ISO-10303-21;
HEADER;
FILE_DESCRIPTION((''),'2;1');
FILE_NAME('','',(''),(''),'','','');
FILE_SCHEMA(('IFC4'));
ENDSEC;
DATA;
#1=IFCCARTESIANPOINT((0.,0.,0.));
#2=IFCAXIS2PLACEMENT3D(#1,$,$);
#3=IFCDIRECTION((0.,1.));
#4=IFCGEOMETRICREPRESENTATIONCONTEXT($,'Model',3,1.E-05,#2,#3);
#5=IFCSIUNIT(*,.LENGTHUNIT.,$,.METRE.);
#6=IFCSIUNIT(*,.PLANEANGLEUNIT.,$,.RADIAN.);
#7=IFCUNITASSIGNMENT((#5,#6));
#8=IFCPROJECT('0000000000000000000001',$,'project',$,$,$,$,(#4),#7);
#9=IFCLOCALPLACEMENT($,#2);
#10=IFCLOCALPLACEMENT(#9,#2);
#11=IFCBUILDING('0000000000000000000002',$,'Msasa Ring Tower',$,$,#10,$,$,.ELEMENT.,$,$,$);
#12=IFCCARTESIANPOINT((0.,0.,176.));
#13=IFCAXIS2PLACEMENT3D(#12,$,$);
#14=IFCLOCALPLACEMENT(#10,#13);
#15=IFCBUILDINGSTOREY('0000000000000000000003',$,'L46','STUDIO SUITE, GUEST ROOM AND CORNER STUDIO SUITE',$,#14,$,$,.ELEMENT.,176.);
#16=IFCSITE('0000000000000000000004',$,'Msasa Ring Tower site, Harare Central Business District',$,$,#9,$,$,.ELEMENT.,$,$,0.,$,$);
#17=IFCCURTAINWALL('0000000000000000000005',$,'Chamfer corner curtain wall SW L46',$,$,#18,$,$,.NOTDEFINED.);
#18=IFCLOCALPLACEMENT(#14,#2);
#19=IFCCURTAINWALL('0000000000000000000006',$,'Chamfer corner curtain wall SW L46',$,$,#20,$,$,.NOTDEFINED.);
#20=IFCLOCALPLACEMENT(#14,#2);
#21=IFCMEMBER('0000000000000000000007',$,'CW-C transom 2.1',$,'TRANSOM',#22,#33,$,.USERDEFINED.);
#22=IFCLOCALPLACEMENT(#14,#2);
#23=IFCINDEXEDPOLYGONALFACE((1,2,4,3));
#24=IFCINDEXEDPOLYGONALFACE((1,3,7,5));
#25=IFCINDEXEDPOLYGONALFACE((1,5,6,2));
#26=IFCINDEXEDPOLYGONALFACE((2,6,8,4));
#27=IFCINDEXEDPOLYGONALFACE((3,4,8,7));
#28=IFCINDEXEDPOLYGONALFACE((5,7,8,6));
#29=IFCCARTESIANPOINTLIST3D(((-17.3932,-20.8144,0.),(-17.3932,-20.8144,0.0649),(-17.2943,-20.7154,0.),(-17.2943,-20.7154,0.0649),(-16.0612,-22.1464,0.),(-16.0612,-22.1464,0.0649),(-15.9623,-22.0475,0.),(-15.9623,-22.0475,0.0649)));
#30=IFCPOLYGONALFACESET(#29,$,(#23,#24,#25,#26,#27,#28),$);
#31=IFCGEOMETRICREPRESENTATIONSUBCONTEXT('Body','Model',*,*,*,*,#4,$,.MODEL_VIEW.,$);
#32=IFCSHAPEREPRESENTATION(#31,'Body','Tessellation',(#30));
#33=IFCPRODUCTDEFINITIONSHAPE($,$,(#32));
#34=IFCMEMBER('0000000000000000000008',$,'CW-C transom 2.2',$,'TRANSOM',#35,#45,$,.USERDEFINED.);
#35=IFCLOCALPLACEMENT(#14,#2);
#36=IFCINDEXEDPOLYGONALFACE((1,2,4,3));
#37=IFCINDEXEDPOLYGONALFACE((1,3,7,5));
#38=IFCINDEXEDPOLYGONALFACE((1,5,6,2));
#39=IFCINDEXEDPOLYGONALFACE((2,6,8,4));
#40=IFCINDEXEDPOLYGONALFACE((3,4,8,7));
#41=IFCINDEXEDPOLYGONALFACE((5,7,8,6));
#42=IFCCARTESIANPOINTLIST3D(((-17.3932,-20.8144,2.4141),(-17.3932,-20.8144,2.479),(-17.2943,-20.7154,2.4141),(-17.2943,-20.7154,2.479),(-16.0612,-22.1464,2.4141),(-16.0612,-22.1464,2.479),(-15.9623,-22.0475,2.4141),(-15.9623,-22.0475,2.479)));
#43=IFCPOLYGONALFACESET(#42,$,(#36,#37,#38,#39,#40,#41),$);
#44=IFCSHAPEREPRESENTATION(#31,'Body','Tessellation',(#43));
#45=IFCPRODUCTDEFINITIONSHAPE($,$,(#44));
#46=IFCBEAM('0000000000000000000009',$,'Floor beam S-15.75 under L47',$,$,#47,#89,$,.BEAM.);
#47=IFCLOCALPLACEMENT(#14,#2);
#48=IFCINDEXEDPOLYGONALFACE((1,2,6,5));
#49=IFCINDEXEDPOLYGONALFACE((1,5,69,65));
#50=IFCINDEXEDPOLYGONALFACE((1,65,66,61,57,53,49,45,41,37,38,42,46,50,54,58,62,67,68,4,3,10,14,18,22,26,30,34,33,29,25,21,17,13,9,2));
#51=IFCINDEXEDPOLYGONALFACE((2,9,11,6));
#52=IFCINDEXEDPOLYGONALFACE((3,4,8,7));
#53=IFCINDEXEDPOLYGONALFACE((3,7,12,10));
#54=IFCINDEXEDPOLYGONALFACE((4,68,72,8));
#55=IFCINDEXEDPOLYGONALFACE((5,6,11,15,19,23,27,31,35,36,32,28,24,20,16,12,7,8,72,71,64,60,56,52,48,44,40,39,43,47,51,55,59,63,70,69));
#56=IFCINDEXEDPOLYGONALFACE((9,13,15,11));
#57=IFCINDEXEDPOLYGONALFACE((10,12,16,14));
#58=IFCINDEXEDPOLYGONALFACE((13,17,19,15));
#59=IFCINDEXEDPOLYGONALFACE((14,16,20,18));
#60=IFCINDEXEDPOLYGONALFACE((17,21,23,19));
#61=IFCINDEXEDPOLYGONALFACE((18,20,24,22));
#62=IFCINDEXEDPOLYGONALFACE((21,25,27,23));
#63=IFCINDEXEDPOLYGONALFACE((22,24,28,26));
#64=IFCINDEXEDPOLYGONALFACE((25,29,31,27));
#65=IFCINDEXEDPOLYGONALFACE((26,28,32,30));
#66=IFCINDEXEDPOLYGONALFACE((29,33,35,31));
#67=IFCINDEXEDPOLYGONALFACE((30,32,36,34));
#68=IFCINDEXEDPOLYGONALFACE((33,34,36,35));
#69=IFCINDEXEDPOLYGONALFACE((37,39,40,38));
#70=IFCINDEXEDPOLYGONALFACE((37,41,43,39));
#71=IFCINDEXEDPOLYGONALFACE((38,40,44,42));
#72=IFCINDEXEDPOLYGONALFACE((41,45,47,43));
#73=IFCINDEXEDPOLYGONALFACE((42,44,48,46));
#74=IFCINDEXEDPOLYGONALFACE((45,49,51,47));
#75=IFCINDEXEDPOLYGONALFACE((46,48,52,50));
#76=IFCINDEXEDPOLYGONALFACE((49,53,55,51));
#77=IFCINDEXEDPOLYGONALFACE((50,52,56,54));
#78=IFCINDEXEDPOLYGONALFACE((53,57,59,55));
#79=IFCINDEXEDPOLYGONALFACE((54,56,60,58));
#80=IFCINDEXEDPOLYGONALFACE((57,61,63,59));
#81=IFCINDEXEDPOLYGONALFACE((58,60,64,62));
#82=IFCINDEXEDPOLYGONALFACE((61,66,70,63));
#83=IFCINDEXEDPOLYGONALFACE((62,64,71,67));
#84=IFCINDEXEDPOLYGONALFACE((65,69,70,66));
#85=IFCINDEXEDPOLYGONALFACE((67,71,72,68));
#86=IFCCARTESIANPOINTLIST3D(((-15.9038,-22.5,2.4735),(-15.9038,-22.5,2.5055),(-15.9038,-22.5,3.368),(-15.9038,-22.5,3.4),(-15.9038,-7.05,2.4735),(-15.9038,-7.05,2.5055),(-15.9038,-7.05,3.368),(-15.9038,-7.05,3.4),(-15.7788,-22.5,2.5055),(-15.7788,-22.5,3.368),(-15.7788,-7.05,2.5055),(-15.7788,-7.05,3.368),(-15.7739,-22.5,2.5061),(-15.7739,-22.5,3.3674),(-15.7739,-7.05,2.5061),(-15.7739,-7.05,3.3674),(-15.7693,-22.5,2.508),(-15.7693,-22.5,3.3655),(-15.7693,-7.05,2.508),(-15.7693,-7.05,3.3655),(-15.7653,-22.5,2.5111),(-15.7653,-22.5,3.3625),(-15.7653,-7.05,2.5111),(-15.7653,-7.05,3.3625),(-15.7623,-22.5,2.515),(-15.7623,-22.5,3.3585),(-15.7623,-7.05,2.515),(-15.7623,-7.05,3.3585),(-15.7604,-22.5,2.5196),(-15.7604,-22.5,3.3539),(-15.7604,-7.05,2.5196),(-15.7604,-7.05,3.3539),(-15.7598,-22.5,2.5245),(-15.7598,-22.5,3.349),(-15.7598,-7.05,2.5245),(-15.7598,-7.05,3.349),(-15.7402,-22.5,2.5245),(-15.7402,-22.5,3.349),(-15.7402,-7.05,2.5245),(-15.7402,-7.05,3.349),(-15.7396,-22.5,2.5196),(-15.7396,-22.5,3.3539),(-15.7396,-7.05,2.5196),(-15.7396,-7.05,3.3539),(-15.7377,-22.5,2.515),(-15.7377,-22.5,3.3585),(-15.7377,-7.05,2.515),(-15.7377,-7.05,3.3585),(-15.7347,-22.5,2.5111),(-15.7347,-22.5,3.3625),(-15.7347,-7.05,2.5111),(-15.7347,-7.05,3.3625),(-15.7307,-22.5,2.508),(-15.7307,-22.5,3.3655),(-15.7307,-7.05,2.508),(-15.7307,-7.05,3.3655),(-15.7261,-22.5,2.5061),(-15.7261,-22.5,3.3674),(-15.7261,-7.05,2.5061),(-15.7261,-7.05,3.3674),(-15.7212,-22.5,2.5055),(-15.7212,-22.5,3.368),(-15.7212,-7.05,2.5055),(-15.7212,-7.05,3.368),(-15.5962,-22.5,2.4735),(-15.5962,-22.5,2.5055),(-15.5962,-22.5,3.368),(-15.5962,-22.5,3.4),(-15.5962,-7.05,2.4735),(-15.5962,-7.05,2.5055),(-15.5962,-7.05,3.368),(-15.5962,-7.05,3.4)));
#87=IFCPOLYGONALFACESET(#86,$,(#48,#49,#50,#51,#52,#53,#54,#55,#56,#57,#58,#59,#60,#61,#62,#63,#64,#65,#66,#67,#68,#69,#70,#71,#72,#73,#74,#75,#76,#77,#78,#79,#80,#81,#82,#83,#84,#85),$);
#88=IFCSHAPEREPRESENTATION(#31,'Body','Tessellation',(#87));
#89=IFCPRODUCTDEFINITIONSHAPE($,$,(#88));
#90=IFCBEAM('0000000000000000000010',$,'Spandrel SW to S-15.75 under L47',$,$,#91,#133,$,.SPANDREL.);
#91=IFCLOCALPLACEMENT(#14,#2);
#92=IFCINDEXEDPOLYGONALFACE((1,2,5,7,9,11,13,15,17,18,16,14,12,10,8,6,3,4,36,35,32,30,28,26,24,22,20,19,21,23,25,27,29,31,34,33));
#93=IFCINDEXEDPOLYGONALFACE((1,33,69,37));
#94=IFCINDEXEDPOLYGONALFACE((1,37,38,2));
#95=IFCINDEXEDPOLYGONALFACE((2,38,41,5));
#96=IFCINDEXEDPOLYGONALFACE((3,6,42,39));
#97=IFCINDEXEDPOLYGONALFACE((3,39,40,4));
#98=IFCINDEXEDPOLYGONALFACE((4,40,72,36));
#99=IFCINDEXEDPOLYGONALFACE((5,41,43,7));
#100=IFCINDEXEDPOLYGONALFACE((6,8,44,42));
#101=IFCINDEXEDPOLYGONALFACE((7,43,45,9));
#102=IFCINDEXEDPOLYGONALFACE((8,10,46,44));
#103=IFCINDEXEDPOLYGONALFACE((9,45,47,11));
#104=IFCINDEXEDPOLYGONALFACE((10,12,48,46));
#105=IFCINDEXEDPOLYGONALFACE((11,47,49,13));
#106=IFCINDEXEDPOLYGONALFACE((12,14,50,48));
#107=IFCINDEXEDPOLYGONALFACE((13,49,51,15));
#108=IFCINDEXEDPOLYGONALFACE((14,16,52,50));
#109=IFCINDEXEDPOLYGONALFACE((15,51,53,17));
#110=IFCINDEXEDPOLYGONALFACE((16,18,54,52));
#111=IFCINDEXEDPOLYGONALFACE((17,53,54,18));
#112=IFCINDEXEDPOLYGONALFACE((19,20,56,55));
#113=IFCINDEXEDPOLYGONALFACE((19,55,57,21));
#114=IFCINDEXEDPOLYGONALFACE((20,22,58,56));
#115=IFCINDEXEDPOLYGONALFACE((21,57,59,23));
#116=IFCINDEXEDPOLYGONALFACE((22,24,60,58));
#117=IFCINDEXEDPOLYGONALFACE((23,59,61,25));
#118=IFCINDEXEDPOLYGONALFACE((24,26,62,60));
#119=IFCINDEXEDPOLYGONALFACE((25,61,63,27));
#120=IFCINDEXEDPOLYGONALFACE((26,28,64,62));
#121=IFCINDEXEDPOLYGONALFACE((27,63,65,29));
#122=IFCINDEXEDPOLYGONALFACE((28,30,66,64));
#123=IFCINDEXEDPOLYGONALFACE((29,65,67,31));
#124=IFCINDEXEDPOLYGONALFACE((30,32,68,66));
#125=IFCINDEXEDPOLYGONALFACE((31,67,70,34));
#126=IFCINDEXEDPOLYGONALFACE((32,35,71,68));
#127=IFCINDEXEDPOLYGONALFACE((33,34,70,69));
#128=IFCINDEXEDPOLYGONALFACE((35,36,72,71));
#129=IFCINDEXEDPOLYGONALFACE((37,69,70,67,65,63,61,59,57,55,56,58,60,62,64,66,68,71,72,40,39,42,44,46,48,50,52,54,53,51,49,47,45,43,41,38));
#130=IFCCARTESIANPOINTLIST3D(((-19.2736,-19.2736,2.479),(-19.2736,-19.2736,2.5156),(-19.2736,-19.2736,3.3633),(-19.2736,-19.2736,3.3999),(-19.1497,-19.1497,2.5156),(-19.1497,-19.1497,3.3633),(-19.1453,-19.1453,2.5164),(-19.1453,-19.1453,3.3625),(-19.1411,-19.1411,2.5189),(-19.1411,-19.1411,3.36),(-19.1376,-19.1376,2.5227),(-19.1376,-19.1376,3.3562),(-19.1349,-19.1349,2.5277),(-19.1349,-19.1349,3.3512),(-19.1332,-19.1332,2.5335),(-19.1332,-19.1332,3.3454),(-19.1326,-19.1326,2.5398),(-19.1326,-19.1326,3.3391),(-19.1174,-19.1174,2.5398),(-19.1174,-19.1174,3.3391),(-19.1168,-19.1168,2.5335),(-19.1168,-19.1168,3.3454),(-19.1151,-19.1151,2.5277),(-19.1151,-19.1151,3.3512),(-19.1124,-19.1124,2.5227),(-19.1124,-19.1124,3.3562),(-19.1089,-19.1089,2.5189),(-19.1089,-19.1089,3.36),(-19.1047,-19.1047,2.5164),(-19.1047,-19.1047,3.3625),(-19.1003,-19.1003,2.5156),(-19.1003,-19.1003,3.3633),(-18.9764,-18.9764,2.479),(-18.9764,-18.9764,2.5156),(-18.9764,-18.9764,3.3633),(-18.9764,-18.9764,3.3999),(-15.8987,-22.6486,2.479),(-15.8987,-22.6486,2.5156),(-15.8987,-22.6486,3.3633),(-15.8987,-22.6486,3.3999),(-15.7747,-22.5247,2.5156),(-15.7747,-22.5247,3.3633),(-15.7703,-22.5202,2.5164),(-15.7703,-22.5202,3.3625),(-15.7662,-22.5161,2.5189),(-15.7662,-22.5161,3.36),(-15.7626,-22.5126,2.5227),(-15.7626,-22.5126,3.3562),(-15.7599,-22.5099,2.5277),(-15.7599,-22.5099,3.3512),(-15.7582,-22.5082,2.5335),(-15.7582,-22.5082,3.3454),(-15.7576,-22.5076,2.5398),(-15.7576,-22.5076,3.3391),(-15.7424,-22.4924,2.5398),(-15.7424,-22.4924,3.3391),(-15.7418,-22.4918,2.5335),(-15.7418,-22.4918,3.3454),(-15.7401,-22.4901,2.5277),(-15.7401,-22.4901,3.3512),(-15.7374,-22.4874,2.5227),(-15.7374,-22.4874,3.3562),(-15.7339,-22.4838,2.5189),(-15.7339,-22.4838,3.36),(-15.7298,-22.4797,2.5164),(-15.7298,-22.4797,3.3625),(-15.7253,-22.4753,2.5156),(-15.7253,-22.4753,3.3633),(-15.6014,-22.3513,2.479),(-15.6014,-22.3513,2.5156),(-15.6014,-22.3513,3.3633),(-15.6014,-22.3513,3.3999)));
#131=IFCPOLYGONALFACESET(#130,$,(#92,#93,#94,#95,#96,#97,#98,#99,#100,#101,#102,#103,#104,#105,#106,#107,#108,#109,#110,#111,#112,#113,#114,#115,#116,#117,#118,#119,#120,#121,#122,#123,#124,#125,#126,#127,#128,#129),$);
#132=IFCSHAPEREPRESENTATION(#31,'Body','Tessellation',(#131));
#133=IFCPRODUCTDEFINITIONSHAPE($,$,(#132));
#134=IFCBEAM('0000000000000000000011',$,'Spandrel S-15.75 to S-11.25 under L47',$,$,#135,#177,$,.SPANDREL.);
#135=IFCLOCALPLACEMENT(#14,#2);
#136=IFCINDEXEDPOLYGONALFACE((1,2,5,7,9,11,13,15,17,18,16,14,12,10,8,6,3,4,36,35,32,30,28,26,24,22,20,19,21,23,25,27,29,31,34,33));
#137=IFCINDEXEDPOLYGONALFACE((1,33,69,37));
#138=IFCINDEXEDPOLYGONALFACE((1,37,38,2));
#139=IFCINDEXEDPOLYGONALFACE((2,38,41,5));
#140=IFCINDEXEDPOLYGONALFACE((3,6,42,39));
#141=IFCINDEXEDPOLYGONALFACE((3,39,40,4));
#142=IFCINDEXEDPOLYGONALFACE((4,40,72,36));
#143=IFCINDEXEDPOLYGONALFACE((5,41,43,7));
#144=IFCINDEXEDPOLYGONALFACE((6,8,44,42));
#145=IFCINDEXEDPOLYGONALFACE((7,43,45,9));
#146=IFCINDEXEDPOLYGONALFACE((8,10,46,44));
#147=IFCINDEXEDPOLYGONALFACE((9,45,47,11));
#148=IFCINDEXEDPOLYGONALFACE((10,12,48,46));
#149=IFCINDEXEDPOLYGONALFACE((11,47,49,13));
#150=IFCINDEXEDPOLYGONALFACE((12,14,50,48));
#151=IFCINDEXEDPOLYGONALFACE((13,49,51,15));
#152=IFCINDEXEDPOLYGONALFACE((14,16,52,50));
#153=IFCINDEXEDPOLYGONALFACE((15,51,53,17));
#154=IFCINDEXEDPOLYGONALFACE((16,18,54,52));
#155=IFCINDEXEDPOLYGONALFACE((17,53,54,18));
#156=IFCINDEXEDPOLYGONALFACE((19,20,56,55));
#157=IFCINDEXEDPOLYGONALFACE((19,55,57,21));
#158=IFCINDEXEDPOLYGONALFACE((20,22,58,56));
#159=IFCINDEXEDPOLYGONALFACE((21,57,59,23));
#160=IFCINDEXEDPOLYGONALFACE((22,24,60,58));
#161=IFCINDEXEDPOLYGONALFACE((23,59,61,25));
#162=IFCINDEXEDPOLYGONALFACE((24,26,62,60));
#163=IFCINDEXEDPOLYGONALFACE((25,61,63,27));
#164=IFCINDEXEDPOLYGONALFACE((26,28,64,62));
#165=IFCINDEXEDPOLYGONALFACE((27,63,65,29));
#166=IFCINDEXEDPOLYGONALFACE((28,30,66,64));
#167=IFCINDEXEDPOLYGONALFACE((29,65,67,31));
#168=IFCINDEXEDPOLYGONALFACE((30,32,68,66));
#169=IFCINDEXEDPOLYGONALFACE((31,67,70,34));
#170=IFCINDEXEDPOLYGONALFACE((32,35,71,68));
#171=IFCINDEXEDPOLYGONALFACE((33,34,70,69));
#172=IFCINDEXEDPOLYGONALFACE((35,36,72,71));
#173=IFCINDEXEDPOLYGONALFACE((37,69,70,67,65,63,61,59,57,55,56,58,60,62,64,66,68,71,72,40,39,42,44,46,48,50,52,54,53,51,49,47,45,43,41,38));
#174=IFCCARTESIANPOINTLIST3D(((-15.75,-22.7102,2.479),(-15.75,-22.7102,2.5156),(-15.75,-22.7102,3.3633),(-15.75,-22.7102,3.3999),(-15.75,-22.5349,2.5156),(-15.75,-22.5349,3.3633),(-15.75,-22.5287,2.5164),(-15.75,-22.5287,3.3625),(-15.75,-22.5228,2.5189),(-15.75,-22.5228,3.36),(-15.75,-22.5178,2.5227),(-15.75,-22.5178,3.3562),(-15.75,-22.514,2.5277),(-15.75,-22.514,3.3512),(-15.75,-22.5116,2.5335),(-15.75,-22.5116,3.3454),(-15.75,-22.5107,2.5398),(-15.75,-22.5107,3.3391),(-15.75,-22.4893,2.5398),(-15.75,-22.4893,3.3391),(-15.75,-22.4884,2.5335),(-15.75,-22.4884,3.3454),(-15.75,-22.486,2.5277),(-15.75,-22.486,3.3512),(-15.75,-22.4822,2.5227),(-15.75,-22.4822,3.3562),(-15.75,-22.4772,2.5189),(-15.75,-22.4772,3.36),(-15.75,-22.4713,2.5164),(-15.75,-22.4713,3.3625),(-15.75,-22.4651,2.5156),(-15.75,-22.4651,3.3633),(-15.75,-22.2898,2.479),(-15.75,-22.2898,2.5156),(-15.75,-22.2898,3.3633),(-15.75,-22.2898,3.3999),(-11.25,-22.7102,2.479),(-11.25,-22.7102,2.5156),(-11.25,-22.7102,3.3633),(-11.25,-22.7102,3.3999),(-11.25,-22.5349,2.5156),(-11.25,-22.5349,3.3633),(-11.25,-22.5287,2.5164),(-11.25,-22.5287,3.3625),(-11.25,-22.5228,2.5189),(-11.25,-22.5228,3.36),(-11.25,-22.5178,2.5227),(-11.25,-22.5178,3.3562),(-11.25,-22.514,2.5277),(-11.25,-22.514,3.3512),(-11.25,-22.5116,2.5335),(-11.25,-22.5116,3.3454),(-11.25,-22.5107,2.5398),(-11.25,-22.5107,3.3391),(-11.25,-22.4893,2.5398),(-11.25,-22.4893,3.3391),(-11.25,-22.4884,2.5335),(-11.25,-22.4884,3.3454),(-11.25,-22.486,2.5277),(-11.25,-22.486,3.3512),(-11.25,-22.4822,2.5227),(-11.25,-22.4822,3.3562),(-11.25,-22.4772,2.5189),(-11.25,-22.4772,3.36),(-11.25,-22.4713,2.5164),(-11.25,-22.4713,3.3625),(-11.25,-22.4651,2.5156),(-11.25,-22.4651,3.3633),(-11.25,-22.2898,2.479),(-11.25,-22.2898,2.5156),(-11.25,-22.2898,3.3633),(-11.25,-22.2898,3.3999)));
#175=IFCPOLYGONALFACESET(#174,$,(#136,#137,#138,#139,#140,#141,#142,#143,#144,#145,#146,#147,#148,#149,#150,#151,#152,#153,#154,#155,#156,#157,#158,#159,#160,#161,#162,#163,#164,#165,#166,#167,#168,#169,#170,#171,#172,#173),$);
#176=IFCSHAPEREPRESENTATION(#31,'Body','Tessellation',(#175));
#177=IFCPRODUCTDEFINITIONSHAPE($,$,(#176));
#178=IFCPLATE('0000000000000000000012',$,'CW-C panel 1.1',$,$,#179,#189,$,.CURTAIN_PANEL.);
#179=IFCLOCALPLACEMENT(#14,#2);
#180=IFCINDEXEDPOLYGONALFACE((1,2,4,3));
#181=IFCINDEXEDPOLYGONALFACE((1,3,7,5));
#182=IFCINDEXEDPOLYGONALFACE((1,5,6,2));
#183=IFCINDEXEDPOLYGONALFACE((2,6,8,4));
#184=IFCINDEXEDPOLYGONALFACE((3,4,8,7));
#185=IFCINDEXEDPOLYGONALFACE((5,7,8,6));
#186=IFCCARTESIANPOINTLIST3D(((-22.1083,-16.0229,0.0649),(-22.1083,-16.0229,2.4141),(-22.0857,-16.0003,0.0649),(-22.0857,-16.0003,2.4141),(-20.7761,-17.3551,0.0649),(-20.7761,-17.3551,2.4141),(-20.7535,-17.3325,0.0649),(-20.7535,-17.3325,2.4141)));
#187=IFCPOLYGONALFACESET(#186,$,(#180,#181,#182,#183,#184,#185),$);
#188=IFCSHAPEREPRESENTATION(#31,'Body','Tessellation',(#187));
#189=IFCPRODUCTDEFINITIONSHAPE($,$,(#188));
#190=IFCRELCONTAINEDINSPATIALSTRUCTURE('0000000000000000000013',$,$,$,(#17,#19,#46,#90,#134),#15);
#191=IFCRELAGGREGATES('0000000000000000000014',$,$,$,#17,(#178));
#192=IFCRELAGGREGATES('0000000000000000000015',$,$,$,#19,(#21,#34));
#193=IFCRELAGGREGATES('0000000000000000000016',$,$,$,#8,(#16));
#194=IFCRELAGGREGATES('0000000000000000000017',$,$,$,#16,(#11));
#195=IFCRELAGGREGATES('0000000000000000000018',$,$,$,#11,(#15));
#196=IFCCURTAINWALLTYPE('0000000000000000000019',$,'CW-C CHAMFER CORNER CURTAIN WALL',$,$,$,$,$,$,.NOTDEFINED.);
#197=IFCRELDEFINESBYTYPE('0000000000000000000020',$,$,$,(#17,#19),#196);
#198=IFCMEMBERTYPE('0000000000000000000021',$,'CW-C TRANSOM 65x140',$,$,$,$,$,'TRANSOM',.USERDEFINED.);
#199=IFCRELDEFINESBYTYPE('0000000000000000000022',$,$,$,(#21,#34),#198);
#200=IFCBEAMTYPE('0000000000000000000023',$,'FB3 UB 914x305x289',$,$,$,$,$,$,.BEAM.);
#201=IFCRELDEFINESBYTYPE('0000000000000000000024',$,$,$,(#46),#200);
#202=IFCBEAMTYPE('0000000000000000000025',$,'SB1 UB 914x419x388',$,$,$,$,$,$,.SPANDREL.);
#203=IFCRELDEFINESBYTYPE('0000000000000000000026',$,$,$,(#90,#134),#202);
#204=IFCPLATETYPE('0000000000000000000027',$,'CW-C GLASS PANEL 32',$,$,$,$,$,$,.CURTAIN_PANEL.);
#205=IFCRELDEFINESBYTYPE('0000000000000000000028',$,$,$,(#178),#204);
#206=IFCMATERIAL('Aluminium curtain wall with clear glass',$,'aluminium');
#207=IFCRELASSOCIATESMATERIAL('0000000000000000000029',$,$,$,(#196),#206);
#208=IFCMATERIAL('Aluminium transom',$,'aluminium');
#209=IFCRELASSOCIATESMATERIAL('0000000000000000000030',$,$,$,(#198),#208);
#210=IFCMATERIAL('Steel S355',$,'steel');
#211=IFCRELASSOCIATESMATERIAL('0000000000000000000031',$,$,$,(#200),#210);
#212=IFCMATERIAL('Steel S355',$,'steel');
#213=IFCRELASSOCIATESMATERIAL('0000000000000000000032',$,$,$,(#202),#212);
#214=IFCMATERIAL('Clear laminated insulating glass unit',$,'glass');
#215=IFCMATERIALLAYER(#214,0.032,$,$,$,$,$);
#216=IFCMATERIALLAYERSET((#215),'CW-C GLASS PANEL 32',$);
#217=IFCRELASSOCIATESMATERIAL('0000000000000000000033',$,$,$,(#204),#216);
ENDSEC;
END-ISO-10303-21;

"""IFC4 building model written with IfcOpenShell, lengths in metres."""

from ifc_helpers import new_model, si_unit, direction, frame, origin, origin_2d, place, context, subcontext, project, spatial, rectangle, i_section, extrude, material, layer, layer_set, material_profile, profile_set, type_object, element, aggregate, save


model = new_model("IFC4")

# Units and contexts
model_context = context("Model", 3, precision=1e-05, world=origin(), true_north=direction((0.0, 1.0)))
body_context = subcontext(model_context, "Body", "Model", "MODEL_VIEW")
ifc_project = project(units=[si_unit("LENGTHUNIT", "METRE"), si_unit("PLANEANGLEUNIT", "RADIAN")], contexts=[model_context])

# Site, building, storey
site_placement = place(None, origin())
site = spatial("IfcSite", under=ifc_project, at=site_placement, Name="Msasa Ring Tower site, Harare Central Business District", CompositionType="ELEMENT", RefElevation=0.0)
building_placement = place(site_placement, origin())
building = spatial("IfcBuilding", under=site, at=building_placement, Name="Msasa Ring Tower", CompositionType="ELEMENT")
storey_placement = place(building_placement, frame((0.0, 0.0, 176.0)))
storey = spatial("IfcBuildingStorey", under=building, at=storey_placement, Name="L46", Description="STUDIO SUITE, GUEST ROOM AND CORNER STUDIO SUITE", CompositionType="ELEMENT", Elevation=176.0)

# Curtain walls
ifc_material_1 = material(Name="Aluminium curtain wall with clear glass", Category="aluminium")
curtain_wall_type = type_object("IfcCurtainWallType", Name="CW-C CHAMFER CORNER CURTAIN WALL", PredefinedType="NOTDEFINED", material=ifc_material_1)
curtain_wall_1_placement = place(storey_placement, origin())
curtain_wall_1 = element("IfcCurtainWall", 1, at=curtain_wall_1_placement, inside=storey, type_object=curtain_wall_type, Name="Chamfer corner curtain wall SW L46", PredefinedType="NOTDEFINED")
curtain_wall_2_placement = place(storey_placement, origin())
curtain_wall_2 = element("IfcCurtainWall", 2, at=curtain_wall_2_placement, inside=storey, type_object=curtain_wall_type, Name="Chamfer corner curtain wall SW L46", PredefinedType="NOTDEFINED")

# Members
ifc_material_2 = material(Name="Aluminium transom", Category="aluminium")
ifc_material_profile_1 = material_profile(ifc_material_2, rectangle(XDim=0.1399, YDim=0.0649, at=origin_2d()), Name="AL 65x140")
ifc_profile_set_1 = profile_set([ifc_material_profile_1], Name="Aluminium transom")
member_type_1 = type_object("IfcMemberType", Name="CW-C TRANSOM 65x140", ElementType="TRANSOM", PredefinedType="USERDEFINED", material=ifc_profile_set_1)
member_1_placement = place(storey_placement, frame((-17.3438, -20.7649, 0.0325), z_axis=(0.707107, -0.707107, 0.0), x_axis=(0.707107, 0.707107, 0.0)))
member_1 = element("IfcMember", 3, at=member_1_placement, type_object=member_type_1, Name="CW-C transom 2.1", ObjectType="TRANSOM", PredefinedType="USERDEFINED", context=body_context, shape_type="SweptSolid", body=[
    extrude(rectangle(XDim=0.1399, YDim=0.0649, at=origin_2d()), origin(), (0.0, 0.0, 1.0), 1.8838),
])
member_2_placement = place(storey_placement, frame((-17.3438, -20.7649, 2.4465), z_axis=(0.707107, -0.707107, 0.0), x_axis=(0.707107, 0.707107, 0.0)))
member_2 = element("IfcMember", 4, at=member_2_placement, type_object=member_type_1, Name="CW-C transom 2.2", ObjectType="TRANSOM", PredefinedType="USERDEFINED", context=body_context, shape_type="SweptSolid", body=[
    extrude(rectangle(XDim=0.1399, YDim=0.0649, at=origin_2d()), origin(), (0.0, 0.0, 1.0), 1.8838),
])

# Beams
ifc_material_3 = material(Name="Steel S355", Category="steel")
ifc_material_profile_2 = material_profile(ifc_material_3, i_section(OverallWidth=0.3076, OverallDepth=0.9265, WebThickness=0.0195, FlangeThickness=0.032, FilletRadius=0.019, at=origin_2d()), Name="UB 914x305x289")
ifc_profile_set_2 = profile_set([ifc_material_profile_2], Name="Steel S355")
beam_type_1 = type_object("IfcBeamType", Name="FB3 UB 914x305x289", PredefinedType="BEAM", material=ifc_profile_set_2)
beam_1_placement = place(storey_placement, frame((-15.75, -22.5, 2.9368), z_axis=(0.0, 1.0, 0.0), x_axis=(-1.0, 0.0, 0.0)))
element("IfcBeam", 5, at=beam_1_placement, inside=storey, type_object=beam_type_1, Name="Floor beam S-15.75 under L47", PredefinedType="BEAM", context=body_context, shape_type="SweptSolid", body=[
    extrude(i_section(OverallWidth=0.3076, OverallDepth=0.9265, WebThickness=0.0195, FlangeThickness=0.032, FilletRadius=0.019, at=origin_2d()), origin(), (0.0, 0.0, 1.0), 15.45),
])
ifc_material_4 = material(Name="Steel S355", Category="steel")
ifc_material_profile_3 = material_profile(ifc_material_4, i_section(OverallWidth=0.4204, OverallDepth=0.9209, WebThickness=0.0215, FlangeThickness=0.0366, FilletRadius=0.0242, at=origin_2d()), Name="UB 914x419x388")
ifc_profile_set_3 = profile_set([ifc_material_profile_3], Name="Steel S355")
beam_type_2 = type_object("IfcBeamType", Name="SB1 UB 914x419x388", PredefinedType="SPANDREL", material=ifc_profile_set_3)
beam_2_placement = place(storey_placement, frame((-19.125, -19.125, 2.9395), z_axis=(0.707107, -0.707107, 0.0), x_axis=(0.707107, 0.707107, 0.0)))
element("IfcBeam", 6, at=beam_2_placement, inside=storey, type_object=beam_type_2, Name="Spandrel SW to S-15.75 under L47", PredefinedType="SPANDREL", context=body_context, shape_type="SweptSolid", body=[
    extrude(i_section(OverallWidth=0.4204, OverallDepth=0.9209, WebThickness=0.0215, FlangeThickness=0.0366, FilletRadius=0.0242, at=origin_2d()), origin(), (0.0, 0.0, 1.0), 4.7729),
])
beam_3_placement = place(storey_placement, frame((-15.75, -22.5, 2.9395), z_axis=(1.0, 0.0, 0.0), x_axis=(0.0, 1.0, 0.0)))
element("IfcBeam", 7, at=beam_3_placement, inside=storey, type_object=beam_type_2, Name="Spandrel S-15.75 to S-11.25 under L47", PredefinedType="SPANDREL", context=body_context, shape_type="SweptSolid", body=[
    extrude(i_section(OverallWidth=0.4204, OverallDepth=0.9209, WebThickness=0.0215, FlangeThickness=0.0366, FilletRadius=0.0242, at=origin_2d()), origin(), (0.0, 0.0, 1.0), 4.5),
])

# Plate
ifc_material_5 = material(Name="Clear laminated insulating glass unit", Category="glass")
ifc_layer_1 = layer(ifc_material_5, 0.032)
ifc_layer_set_1 = layer_set([ifc_layer_1], Name="CW-C GLASS PANEL 32")
plate_type = type_object("IfcPlateType", Name="CW-C GLASS PANEL 32", PredefinedType="CURTAIN_PANEL", material=ifc_layer_set_1)
plate_1_placement = place(storey_placement, frame((-21.4309, -16.6777, 0.0649), z_axis=(0.0, 0.0, 1.0), x_axis=(0.707107, -0.707107, 0.0)))
plate_1 = element("IfcPlate", 8, at=plate_1_placement, type_object=plate_type, Name="CW-C panel 1.1", PredefinedType="CURTAIN_PANEL", context=body_context, shape_type="SweptSolid", body=[
    extrude(rectangle(XDim=1.884, YDim=0.032, at=origin_2d()), origin(), (0.0, 0.0, 1.0), 2.3491),
])
aggregate(curtain_wall_1, [plate_1])
aggregate(curtain_wall_2, [member_1, member_2])

save(model, "model.ifc")
